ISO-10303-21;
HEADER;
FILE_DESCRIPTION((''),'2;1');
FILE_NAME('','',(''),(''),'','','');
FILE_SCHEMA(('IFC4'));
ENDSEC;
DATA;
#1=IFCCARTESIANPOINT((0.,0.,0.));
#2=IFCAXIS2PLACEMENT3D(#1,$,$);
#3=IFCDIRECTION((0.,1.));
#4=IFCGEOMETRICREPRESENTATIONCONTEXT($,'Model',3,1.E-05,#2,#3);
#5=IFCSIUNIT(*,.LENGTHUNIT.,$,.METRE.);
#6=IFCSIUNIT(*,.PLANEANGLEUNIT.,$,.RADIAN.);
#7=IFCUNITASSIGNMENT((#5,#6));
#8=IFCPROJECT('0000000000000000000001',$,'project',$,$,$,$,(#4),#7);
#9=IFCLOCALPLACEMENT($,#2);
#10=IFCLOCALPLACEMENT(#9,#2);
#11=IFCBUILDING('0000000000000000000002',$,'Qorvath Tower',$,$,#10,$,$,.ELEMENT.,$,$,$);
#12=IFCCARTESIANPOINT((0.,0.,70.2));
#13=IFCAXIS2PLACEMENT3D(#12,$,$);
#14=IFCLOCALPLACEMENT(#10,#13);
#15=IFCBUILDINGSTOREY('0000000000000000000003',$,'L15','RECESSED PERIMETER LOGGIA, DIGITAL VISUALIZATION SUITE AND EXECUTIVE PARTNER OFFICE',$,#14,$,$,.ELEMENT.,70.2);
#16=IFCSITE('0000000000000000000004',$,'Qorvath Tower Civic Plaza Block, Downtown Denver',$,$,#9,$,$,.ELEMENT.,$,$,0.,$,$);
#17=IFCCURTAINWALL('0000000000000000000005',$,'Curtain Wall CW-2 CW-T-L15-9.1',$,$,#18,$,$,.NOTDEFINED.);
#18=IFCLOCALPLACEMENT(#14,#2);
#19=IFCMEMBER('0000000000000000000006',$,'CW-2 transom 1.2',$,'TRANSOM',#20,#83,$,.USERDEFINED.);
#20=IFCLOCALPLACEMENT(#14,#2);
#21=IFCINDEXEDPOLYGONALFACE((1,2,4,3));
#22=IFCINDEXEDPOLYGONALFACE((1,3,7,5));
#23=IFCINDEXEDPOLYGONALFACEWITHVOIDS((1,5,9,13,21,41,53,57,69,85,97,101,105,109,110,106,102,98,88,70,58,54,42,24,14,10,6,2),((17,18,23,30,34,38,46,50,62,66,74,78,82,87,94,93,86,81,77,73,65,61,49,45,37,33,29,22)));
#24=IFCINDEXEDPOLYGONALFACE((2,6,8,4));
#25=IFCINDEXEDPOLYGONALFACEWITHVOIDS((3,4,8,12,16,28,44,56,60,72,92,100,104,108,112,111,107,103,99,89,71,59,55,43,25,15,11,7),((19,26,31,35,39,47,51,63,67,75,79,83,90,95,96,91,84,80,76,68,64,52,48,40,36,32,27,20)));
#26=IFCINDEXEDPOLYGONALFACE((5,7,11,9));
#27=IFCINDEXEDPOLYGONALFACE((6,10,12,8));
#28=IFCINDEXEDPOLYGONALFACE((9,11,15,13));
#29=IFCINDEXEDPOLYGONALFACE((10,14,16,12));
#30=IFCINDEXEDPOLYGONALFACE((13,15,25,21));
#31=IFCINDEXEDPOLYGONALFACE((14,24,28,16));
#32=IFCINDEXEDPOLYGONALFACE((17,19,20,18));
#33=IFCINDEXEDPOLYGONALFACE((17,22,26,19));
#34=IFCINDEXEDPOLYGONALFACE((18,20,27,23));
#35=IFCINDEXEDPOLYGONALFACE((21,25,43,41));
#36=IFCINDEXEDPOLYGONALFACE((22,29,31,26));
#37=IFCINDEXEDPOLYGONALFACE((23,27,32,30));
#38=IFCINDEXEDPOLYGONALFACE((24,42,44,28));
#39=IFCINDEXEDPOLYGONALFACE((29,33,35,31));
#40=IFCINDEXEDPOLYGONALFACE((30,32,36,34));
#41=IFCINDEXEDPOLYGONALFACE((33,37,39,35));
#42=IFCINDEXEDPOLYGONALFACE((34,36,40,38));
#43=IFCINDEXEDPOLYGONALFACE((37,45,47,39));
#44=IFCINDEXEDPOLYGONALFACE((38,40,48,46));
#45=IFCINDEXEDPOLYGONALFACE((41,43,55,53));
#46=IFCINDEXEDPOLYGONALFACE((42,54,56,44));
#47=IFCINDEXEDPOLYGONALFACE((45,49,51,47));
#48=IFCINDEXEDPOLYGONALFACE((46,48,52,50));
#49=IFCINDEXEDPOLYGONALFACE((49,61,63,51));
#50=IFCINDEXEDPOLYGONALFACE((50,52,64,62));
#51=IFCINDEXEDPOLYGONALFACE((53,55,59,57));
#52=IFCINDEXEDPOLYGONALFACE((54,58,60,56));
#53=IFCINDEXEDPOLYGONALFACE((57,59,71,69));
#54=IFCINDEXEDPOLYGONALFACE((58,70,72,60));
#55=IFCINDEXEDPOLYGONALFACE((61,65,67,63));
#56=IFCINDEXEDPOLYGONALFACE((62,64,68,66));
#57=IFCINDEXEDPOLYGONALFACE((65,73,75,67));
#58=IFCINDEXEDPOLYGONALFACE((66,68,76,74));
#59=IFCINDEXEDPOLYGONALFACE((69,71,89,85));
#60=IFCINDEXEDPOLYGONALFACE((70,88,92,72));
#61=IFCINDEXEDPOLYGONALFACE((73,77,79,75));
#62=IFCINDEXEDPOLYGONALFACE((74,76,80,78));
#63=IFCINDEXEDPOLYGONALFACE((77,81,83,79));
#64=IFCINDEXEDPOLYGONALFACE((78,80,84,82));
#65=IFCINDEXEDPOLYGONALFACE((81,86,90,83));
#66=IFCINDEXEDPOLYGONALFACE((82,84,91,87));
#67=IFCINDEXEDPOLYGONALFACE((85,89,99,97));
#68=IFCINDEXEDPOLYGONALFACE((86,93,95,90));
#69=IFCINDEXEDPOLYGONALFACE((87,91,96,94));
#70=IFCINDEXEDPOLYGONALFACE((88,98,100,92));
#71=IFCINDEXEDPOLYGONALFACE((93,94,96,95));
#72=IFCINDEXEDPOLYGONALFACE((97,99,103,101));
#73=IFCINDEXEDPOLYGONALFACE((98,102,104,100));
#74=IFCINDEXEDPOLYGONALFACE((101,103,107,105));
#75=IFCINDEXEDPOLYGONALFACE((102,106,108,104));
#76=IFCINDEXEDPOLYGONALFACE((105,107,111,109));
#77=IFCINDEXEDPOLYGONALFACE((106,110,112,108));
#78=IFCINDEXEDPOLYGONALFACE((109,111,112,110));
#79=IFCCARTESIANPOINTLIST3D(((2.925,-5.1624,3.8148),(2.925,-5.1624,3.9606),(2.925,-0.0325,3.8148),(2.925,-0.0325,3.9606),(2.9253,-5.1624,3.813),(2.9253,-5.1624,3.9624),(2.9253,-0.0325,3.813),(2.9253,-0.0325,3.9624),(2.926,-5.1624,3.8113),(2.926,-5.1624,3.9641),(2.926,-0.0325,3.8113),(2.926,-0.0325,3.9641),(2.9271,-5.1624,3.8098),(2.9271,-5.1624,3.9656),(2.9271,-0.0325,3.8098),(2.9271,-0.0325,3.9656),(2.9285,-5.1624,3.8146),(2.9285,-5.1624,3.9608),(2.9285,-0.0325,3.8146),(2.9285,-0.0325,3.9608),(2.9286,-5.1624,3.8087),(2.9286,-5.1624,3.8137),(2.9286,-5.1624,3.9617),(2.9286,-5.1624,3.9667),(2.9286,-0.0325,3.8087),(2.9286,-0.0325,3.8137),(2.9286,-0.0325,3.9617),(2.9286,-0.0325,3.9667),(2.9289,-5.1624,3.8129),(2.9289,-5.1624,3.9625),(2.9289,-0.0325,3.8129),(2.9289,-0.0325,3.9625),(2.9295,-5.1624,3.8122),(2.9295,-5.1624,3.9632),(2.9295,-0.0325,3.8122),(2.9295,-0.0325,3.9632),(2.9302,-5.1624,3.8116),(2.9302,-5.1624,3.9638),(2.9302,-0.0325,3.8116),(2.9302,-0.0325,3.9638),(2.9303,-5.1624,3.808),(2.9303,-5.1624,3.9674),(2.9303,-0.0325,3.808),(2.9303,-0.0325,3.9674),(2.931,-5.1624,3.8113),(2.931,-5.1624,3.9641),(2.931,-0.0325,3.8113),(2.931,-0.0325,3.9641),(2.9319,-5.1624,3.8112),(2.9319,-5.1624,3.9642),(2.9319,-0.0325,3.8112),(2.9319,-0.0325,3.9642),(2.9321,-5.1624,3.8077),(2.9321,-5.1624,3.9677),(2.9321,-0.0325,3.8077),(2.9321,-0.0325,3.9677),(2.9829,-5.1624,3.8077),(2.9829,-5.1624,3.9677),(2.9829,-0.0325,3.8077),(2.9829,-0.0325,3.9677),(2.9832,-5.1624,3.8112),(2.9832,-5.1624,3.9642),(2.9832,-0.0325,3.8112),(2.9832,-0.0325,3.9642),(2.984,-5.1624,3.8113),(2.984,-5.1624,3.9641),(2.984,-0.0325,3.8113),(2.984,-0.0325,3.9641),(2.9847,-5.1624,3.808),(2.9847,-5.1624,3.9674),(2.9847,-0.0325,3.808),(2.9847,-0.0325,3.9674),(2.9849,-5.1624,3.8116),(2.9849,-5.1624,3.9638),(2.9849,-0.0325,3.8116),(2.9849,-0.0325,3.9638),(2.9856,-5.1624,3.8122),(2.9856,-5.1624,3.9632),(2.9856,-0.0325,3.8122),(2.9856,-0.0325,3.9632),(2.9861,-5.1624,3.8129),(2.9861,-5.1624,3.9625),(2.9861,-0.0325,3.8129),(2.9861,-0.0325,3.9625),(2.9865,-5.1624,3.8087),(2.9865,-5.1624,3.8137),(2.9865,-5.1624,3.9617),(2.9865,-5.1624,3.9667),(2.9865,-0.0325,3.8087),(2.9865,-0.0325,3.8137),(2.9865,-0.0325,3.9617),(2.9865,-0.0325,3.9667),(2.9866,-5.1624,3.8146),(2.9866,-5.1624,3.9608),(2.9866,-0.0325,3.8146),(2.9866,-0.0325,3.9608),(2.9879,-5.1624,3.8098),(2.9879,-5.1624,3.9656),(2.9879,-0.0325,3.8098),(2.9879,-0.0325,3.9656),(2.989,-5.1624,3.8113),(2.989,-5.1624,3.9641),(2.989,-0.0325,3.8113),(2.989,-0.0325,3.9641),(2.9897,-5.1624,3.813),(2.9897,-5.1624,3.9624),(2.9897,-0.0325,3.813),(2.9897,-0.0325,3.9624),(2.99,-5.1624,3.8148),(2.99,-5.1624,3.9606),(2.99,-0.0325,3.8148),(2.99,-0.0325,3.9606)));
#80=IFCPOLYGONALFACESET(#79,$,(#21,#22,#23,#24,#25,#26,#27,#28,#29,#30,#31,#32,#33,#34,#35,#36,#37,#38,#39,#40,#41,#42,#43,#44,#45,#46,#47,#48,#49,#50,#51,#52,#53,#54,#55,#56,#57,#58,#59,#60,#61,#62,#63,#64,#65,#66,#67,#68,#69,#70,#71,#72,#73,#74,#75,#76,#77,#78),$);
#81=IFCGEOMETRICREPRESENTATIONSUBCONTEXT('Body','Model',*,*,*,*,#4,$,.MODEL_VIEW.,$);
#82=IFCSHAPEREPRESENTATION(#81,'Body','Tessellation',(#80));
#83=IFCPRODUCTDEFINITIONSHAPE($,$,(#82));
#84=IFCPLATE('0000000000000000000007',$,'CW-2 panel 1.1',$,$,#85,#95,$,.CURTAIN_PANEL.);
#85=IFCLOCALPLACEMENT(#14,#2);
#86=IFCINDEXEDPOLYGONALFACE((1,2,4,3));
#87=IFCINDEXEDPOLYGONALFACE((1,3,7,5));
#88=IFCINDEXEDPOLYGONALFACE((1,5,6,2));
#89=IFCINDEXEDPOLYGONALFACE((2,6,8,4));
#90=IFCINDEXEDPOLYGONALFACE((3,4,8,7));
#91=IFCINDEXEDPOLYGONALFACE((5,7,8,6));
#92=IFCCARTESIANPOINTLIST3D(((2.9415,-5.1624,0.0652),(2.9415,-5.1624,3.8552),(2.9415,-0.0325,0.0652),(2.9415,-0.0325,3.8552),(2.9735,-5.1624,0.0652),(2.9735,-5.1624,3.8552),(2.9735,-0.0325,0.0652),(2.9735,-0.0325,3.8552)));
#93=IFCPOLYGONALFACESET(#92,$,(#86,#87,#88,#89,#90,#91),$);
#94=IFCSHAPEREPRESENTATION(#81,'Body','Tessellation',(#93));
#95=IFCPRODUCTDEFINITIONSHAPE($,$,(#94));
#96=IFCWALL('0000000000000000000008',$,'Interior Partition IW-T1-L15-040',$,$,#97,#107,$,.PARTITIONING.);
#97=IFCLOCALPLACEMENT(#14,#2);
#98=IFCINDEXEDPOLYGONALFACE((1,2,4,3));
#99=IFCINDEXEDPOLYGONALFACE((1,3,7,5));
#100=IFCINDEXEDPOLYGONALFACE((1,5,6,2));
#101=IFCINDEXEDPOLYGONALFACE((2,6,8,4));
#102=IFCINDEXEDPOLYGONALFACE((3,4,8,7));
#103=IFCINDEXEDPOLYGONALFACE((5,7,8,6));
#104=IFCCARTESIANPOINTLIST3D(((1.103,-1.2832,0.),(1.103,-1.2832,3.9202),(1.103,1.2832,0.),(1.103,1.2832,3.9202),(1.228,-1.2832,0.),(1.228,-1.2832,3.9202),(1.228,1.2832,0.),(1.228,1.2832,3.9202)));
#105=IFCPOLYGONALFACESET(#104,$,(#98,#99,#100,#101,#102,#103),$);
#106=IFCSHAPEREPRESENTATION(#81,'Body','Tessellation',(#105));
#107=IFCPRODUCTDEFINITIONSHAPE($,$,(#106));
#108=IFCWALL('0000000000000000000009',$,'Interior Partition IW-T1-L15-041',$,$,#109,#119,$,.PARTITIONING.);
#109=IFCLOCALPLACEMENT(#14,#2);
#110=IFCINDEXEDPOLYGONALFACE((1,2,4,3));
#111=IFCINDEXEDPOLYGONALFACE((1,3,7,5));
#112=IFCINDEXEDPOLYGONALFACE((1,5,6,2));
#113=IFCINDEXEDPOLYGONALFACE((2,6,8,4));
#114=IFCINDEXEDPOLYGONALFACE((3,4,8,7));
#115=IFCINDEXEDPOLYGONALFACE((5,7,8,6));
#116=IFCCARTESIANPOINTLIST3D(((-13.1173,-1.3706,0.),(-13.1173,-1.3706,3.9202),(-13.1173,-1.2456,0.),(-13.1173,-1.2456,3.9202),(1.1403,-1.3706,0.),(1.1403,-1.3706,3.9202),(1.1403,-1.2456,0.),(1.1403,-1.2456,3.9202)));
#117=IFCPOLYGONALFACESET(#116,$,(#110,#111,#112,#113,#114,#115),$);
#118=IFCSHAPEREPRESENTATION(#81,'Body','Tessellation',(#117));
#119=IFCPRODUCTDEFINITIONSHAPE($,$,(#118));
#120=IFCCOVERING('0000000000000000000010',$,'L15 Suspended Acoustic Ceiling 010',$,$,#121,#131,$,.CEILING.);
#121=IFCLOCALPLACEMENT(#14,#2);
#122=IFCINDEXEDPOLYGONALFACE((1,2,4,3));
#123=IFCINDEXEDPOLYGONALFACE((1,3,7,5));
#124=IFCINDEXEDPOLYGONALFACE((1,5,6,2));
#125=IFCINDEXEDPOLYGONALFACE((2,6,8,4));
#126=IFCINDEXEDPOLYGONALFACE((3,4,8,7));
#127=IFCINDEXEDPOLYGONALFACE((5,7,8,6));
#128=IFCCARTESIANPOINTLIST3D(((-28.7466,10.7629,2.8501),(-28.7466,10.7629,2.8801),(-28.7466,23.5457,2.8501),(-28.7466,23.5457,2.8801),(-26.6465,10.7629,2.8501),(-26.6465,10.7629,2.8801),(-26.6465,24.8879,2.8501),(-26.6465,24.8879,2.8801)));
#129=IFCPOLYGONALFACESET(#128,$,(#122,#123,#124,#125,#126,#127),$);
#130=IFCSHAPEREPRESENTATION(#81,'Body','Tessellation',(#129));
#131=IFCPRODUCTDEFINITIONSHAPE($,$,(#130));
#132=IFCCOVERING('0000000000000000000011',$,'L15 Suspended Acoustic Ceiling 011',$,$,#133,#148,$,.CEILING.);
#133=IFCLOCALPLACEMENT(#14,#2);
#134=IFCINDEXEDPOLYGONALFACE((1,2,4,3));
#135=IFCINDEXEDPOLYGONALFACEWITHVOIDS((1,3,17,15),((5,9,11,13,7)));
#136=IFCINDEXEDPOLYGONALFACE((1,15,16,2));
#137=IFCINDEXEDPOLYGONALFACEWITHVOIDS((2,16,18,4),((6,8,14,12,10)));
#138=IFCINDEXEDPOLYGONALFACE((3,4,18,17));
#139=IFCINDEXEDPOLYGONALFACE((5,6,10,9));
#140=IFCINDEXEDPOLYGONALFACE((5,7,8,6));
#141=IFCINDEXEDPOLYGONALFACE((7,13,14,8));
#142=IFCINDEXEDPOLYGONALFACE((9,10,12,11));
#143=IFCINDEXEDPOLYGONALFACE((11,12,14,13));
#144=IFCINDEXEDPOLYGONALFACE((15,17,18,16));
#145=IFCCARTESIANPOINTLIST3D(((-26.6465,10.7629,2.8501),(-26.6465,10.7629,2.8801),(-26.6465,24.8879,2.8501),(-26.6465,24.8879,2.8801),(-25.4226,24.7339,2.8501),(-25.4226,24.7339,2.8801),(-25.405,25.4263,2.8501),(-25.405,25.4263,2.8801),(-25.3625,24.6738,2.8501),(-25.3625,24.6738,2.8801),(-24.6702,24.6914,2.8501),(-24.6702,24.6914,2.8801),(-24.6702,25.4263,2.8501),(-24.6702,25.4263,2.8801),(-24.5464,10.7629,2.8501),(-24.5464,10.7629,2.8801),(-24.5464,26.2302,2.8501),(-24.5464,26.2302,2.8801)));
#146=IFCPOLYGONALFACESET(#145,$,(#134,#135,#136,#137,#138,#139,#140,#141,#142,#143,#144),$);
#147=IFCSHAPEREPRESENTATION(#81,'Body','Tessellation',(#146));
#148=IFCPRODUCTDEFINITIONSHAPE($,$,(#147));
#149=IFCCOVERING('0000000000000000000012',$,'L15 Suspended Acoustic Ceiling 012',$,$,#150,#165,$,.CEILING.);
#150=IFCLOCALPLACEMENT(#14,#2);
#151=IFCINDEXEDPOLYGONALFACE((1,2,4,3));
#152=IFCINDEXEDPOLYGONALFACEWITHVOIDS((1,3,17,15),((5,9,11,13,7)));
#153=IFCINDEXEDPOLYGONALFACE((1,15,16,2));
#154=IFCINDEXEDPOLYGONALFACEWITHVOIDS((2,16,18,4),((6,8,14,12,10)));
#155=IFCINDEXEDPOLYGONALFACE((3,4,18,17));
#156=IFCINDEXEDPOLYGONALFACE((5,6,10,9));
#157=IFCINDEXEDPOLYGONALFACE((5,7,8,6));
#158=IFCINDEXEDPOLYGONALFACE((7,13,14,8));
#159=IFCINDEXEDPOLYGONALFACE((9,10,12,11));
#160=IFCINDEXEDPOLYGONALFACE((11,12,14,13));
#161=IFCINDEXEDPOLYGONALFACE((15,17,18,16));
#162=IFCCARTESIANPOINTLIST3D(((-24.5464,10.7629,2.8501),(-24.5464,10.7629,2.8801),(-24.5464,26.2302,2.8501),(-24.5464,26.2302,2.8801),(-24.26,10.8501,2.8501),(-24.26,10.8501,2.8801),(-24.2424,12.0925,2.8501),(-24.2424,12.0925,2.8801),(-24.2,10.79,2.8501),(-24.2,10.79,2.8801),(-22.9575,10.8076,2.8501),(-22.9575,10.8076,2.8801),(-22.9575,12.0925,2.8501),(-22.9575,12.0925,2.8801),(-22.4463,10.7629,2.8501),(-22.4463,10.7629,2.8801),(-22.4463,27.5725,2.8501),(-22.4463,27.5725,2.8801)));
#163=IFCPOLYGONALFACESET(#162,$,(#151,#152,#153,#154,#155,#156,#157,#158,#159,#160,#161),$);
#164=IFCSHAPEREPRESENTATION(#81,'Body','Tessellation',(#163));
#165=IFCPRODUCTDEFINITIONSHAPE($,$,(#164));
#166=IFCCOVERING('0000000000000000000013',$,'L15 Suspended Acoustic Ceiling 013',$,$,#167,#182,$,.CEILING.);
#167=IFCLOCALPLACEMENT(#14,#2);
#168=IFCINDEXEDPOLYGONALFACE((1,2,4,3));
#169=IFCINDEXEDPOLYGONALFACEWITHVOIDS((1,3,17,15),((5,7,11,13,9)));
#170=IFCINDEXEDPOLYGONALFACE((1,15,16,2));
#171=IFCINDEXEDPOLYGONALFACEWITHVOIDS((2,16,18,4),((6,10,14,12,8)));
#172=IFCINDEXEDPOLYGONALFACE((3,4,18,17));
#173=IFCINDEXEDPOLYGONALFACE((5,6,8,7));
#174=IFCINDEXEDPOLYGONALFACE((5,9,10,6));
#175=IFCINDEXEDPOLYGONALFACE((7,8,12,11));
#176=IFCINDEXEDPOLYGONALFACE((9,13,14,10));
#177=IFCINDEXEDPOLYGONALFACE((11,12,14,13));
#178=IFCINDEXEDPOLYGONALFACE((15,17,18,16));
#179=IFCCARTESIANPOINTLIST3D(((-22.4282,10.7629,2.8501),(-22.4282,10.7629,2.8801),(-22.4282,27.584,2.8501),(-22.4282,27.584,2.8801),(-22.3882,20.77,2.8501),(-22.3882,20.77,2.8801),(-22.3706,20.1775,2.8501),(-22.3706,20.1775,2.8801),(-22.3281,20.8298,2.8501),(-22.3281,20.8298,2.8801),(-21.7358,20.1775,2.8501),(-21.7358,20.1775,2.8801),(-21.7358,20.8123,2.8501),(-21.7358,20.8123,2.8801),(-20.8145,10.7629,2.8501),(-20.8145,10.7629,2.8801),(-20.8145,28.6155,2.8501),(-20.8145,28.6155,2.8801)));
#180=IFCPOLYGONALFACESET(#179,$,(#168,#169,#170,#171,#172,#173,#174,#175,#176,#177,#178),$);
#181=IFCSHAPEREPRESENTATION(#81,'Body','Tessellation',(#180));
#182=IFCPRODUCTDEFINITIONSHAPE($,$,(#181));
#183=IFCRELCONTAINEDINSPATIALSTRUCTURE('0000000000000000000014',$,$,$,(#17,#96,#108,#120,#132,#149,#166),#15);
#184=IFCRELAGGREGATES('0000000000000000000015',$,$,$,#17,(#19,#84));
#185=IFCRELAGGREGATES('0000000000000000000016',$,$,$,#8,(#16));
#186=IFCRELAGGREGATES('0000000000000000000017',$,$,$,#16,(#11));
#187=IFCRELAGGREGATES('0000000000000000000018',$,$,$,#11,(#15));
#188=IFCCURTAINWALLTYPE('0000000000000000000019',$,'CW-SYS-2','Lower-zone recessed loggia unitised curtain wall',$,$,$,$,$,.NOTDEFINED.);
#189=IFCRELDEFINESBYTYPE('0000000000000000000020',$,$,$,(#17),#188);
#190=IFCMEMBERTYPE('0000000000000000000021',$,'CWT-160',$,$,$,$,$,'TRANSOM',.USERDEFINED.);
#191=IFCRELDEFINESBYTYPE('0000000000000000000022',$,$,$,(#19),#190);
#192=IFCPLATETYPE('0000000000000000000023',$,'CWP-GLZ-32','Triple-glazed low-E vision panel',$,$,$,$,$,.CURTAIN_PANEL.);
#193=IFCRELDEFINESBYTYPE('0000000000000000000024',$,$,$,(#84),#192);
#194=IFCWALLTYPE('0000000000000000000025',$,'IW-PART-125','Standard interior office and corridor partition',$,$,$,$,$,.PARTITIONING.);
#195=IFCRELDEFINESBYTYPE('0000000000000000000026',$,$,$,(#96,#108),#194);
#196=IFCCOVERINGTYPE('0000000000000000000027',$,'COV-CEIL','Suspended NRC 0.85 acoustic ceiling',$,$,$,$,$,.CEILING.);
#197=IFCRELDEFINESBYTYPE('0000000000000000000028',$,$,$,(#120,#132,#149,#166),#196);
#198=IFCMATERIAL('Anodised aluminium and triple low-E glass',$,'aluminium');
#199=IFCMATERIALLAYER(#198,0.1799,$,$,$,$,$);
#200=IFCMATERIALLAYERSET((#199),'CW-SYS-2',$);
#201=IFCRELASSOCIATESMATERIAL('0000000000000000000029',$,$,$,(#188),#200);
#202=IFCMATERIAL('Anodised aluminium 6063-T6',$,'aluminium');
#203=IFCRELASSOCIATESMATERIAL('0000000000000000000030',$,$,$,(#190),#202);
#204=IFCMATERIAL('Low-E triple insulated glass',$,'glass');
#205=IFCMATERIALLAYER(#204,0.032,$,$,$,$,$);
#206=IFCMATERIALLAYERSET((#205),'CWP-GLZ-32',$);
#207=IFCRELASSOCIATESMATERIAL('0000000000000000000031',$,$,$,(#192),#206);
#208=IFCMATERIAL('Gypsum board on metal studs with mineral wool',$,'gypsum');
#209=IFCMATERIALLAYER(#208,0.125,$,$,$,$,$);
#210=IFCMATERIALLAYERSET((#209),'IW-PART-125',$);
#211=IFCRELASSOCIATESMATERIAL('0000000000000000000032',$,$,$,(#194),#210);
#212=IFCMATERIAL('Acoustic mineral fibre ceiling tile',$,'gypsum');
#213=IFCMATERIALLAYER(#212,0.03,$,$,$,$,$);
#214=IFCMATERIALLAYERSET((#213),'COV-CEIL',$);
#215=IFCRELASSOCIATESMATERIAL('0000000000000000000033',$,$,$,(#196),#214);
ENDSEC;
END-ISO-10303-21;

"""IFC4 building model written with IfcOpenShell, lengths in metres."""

from ifc_helpers import new_model, si_unit, direction, frame, frame_2d, origin, origin_2d, place, context, subcontext, project, spatial, polyline, rectangle, hollow_rectangle, outline, extrude, material, layer, layer_set, material_profile, profile_set, type_object, element, aggregate, save


model = new_model("IFC4")

# Units and contexts
model_context = context("Model", 3, precision=1e-05, world=origin(), true_north=direction((0.0, 1.0)))
body_context = subcontext(model_context, "Body", "Model", "MODEL_VIEW")
ifc_project = project(units=[si_unit("LENGTHUNIT", "METRE"), si_unit("PLANEANGLEUNIT", "RADIAN")], contexts=[model_context])

# Site, building, storey
site_placement = place(None, origin())
site = spatial("IfcSite", under=ifc_project, at=site_placement, Name="Qorvath Tower Civic Plaza Block, Downtown Denver", CompositionType="ELEMENT", RefElevation=0.0)
building_placement = place(site_placement, origin())
building = spatial("IfcBuilding", under=site, at=building_placement, Name="Qorvath Tower", CompositionType="ELEMENT")
storey_placement = place(building_placement, frame((0.0, 0.0, 70.2)))
storey = spatial("IfcBuildingStorey", under=building, at=storey_placement, Name="L15", Description="RECESSED PERIMETER LOGGIA, DIGITAL VISUALIZATION SUITE AND EXECUTIVE PARTNER OFFICE", CompositionType="ELEMENT", Elevation=70.2)

# Curtain wall, member, plate
ifc_material_1 = material(Name="Anodised aluminium and triple low-E glass", Category="aluminium")
ifc_layer_1 = layer(ifc_material_1, 0.1799)
ifc_layer_set_1 = layer_set([ifc_layer_1], Name="CW-SYS-2")
curtain_wall_type = type_object("IfcCurtainWallType", Name="CW-SYS-2", Description="Lower-zone recessed loggia unitised curtain wall", PredefinedType="NOTDEFINED", material=ifc_layer_set_1)
curtain_wall_placement = place(storey_placement, origin())
curtain_wall = element("IfcCurtainWall", 1, at=curtain_wall_placement, inside=storey, type_object=curtain_wall_type, Name="Curtain Wall CW-2 CW-T-L15-9.1", PredefinedType="NOTDEFINED")
ifc_material_2 = material(Name="Anodised aluminium 6063-T6", Category="aluminium")
ifc_material_profile_1 = material_profile(ifc_material_2, hollow_rectangle(XDim=0.0649, YDim=0.1599, WallThickness=0.0034, InnerFilletRadius=0.0034, OuterFilletRadius=0.0071, at=origin_2d()), Name="CWT 160x65")
ifc_profile_set_1 = profile_set([ifc_material_profile_1], Name="Anodised aluminium 6063-T6")
member_type_1 = type_object("IfcMemberType", Name="CWT-160", ElementType="TRANSOM", PredefinedType="USERDEFINED", material=ifc_profile_set_1)
member_1_placement = place(storey_placement, frame((2.9575, -5.1624, 3.8877), z_axis=(0.0, 1.0, 0.0), x_axis=(-1.0, 0.0, 0.0)))
member_1 = element("IfcMember", 2, at=member_1_placement, type_object=member_type_1, Name="CW-2 transom 1.2", ObjectType="TRANSOM", PredefinedType="USERDEFINED", context=body_context, shape_type="SweptSolid", body=[
    extrude(hollow_rectangle(XDim=0.0649, YDim=0.1599, WallThickness=0.0034, InnerFilletRadius=0.0034, OuterFilletRadius=0.0071, at=origin_2d()), origin(), (0.0, 0.0, 1.0), 5.1299),
])
ifc_material_3 = material(Name="Low-E triple insulated glass", Category="glass")
ifc_layer_2 = layer(ifc_material_3, 0.032)
ifc_layer_set_2 = layer_set([ifc_layer_2], Name="CWP-GLZ-32")
plate_type = type_object("IfcPlateType", Name="CWP-GLZ-32", Description="Triple-glazed low-E vision panel", PredefinedType="CURTAIN_PANEL", material=ifc_layer_set_2)
plate_placement = place(storey_placement, frame((2.9575, -2.5974, 0.0652), z_axis=(0.0, 0.0, 1.0), x_axis=(0.0, 1.0, 0.0)))
plate = element("IfcPlate", 3, at=plate_placement, type_object=plate_type, Name="CW-2 panel 1.1", PredefinedType="CURTAIN_PANEL", context=body_context, shape_type="SweptSolid", body=[
    extrude(rectangle(XDim=5.1299, YDim=0.032, at=origin_2d()), origin(), (0.0, 0.0, 1.0), 3.79),
])
aggregate(curtain_wall, [member_1, plate])

# Walls
ifc_material_4 = material(Name="Gypsum board on metal studs with mineral wool", Category="gypsum")
ifc_layer_3 = layer(ifc_material_4, 0.125)
ifc_layer_set_3 = layer_set([ifc_layer_3], Name="IW-PART-125")
wall_type = type_object("IfcWallType", Name="IW-PART-125", Description="Standard interior office and corridor partition", PredefinedType="PARTITIONING", material=ifc_layer_set_3)
wall_1_placement = place(storey_placement, frame((1.1655, -1.2832, 0.0), z_axis=(0.0, 0.0, 1.0), x_axis=(0.0, 1.0, 0.0)))
element("IfcWall", 4, at=wall_1_placement, inside=storey, type_object=wall_type, Name="Interior Partition IW-T1-L15-040", PredefinedType="PARTITIONING", context=body_context, shape_type="SweptSolid", body=[
    extrude(rectangle(XDim=2.5664, YDim=0.125, at=frame_2d((1.2832, 0.0))), origin(), (0.0, 0.0, 1.0), 3.9202),
])
wall_2_placement = place(storey_placement, frame((1.1404, -1.3081, 0.0), z_axis=(0.0, 0.0, 1.0), x_axis=(-1.0, 0.0, 0.0)))
element("IfcWall", 5, at=wall_2_placement, inside=storey, type_object=wall_type, Name="Interior Partition IW-T1-L15-041", PredefinedType="PARTITIONING", context=body_context, shape_type="SweptSolid", body=[
    extrude(rectangle(XDim=14.2576, YDim=0.125, at=frame_2d((7.1289, 0.0))), origin(), (0.0, 0.0, 1.0), 3.9202),
])

# Coverings
ifc_material_5 = material(Name="Acoustic mineral fibre ceiling tile", Category="gypsum")
ifc_layer_4 = layer(ifc_material_5, 0.03)
ifc_layer_set_4 = layer_set([ifc_layer_4], Name="COV-CEIL")
covering_type_1 = type_object("IfcCoveringType", Name="COV-CEIL", Description="Suspended NRC 0.85 acoustic ceiling", PredefinedType="CEILING", material=ifc_layer_set_4)
covering_1_placement = place(storey_placement, frame((0.0, 0.0, 2.8501)))
element("IfcCovering", 6, at=covering_1_placement, inside=storey, type_object=covering_type_1, Name="L15 Suspended Acoustic Ceiling 010", PredefinedType="CEILING", context=body_context, shape_type="SweptSolid", body=[
    extrude(outline(polyline([(-28.7466, 10.7629), (-26.6465, 10.7629), (-26.6465, 24.8879), (-28.7466, 23.5457), (-28.7466, 10.7629)])), origin(), (0.0, 0.0, 1.0), 0.03),
])
covering_2_placement = place(storey_placement, frame((0.0, 0.0, 2.8501)))
element("IfcCovering", 7, at=covering_2_placement, inside=storey, type_object=covering_type_1, Name="L15 Suspended Acoustic Ceiling 011", PredefinedType="CEILING", context=body_context, shape_type="SweptSolid", body=[
    extrude(outline(polyline([(-26.6465, 24.8879), (-26.6465, 10.7629), (-24.5464, 10.7629), (-24.5464, 26.2302), (-26.6465, 24.8879)]), holes=[polyline([(-25.4226, 24.7339), (-25.405, 25.4263), (-24.6702, 25.4263), (-24.6702, 24.6914), (-25.3625, 24.6738), (-25.4226, 24.7339)])]), origin(), (0.0, 0.0, 1.0), 0.03),
])
covering_3_placement = place(storey_placement, frame((0.0, 0.0, 2.8501)))
element("IfcCovering", 8, at=covering_3_placement, inside=storey, type_object=covering_type_1, Name="L15 Suspended Acoustic Ceiling 012", PredefinedType="CEILING", context=body_context, shape_type="SweptSolid", body=[
    extrude(outline(polyline([(-24.5464, 26.2302), (-24.5464, 10.7629), (-22.4463, 10.7629), (-22.4463, 27.5725), (-24.5464, 26.2302)]), holes=[polyline([(-24.26, 10.8501), (-24.2424, 12.0925), (-22.9575, 12.0925), (-22.9575, 10.8076), (-24.2, 10.79), (-24.26, 10.8501)])]), origin(), (0.0, 0.0, 1.0), 0.03),
])
covering_4_placement = place(storey_placement, frame((0.0, 0.0, 2.8501)))
element("IfcCovering", 9, at=covering_4_placement, inside=storey, type_object=covering_type_1, Name="L15 Suspended Acoustic Ceiling 013", PredefinedType="CEILING", context=body_context, shape_type="SweptSolid", body=[
    extrude(outline(polyline([(-20.8145, 10.7629), (-20.8145, 28.6155), (-22.4282, 27.584), (-22.4282, 10.7629), (-20.8145, 10.7629)]), holes=[polyline([(-22.3882, 20.77), (-22.3281, 20.8298), (-21.7358, 20.8123), (-21.7358, 20.1775), (-22.3706, 20.1775), (-22.3882, 20.77)])]), origin(), (0.0, 0.0, 1.0), 0.03),
])

save(model, "model.ifc")
